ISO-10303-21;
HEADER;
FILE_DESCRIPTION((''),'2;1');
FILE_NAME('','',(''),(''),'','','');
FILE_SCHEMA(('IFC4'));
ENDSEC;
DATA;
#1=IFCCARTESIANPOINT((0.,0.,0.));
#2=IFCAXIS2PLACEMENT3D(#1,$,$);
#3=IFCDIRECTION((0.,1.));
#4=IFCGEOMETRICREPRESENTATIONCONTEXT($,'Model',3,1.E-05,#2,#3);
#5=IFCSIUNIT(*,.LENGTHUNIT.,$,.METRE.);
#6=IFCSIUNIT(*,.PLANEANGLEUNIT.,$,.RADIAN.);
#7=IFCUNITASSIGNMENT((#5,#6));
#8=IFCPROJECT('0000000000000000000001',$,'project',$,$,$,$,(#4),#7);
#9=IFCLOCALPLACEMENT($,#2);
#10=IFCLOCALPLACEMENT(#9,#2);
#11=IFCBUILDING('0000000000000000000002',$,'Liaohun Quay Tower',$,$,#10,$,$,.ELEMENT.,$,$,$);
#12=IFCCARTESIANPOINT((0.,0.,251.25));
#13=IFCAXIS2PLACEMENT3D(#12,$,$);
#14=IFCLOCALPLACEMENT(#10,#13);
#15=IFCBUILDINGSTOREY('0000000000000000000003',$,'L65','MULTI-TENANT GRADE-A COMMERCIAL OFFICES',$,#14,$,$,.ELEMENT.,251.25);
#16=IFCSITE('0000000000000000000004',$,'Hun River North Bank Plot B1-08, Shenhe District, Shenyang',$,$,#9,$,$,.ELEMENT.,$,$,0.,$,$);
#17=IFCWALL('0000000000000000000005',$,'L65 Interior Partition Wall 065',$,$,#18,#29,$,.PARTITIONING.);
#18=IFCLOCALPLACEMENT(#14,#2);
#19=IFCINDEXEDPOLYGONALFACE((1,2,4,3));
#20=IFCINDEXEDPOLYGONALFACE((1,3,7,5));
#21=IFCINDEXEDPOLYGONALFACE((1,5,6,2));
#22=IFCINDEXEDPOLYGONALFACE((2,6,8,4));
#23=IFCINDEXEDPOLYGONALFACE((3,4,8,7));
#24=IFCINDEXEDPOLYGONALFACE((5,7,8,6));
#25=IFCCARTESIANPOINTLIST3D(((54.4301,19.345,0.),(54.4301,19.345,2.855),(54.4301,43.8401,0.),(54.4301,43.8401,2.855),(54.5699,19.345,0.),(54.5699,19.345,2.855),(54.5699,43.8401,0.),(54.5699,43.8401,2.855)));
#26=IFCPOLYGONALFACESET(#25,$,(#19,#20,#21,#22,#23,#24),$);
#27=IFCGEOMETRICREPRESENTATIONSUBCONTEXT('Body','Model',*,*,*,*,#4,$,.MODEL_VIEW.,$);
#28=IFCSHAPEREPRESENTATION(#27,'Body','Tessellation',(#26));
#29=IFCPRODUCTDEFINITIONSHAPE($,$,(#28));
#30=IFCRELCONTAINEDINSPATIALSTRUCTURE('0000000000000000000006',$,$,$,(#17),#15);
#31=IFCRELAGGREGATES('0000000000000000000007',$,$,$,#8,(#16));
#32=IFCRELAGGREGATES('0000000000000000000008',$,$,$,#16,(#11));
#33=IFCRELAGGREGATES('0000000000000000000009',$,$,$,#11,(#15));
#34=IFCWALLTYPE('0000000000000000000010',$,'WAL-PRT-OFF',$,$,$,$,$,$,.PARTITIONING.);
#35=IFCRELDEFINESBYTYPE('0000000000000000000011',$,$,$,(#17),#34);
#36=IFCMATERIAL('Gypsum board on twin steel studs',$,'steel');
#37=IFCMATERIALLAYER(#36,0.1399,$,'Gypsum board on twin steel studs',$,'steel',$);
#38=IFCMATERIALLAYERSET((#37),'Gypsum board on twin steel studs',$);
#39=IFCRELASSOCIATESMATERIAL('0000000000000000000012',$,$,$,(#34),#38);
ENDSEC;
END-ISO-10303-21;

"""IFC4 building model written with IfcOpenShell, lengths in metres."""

from ifc_helpers import new_model, si_unit, direction, frame, frame_2d, origin, place, context, subcontext, project, spatial, rectangle, extrude, material, layer, layer_set, type_object, element, save


model = new_model("IFC4")

# Units and contexts
model_context = context("Model", 3, precision=1e-05, world=origin(), true_north=direction((0.0, 1.0)))
body_context = subcontext(model_context, "Body", "Model", "MODEL_VIEW")
ifc_project = project(units=[si_unit("LENGTHUNIT", "METRE"), si_unit("PLANEANGLEUNIT", "RADIAN")], contexts=[model_context])

# Site, building, storey
site_placement = place(None, origin())
site = spatial("IfcSite", under=ifc_project, at=site_placement, Name="Hun River North Bank Plot B1-08, Shenhe District, Shenyang", CompositionType="ELEMENT", RefElevation=0.0)
building_placement = place(site_placement, origin())
building = spatial("IfcBuilding", under=site, at=building_placement, Name="Liaohun Quay Tower", CompositionType="ELEMENT")
storey_placement = place(building_placement, frame((0.0, 0.0, 251.25)))
storey = spatial("IfcBuildingStorey", under=building, at=storey_placement, Name="L65", Description="MULTI-TENANT GRADE-A COMMERCIAL OFFICES", CompositionType="ELEMENT", Elevation=251.25)

# Wall
ifc_material_1 = material(Name="Gypsum board on twin steel studs", Category="steel")
ifc_layer_1 = layer(ifc_material_1, 0.1399, Name="Gypsum board on twin steel studs", Category="steel")
ifc_layer_set_1 = layer_set([ifc_layer_1], Name="Gypsum board on twin steel studs")
wall_type_1 = type_object("IfcWallType", Name="WAL-PRT-OFF", PredefinedType="PARTITIONING", material=ifc_layer_set_1)
wall_1_placement = place(storey_placement, frame((54.5, 43.8401, 0.0), z_axis=(0.0, 0.0, 1.0), x_axis=(0.0, -1.0, 0.0)))
element("IfcWall", 1, at=wall_1_placement, inside=storey, type_object=wall_type_1, Name="L65 Interior Partition Wall 065", PredefinedType="PARTITIONING", context=body_context, shape_type="SweptSolid", body=[
    extrude(rectangle(XDim=24.4951, YDim=0.1399, at=frame_2d((12.2476, 0.0))), origin(), (0.0, 0.0, 1.0), 2.855),
])

save(model, "model.ifc")
